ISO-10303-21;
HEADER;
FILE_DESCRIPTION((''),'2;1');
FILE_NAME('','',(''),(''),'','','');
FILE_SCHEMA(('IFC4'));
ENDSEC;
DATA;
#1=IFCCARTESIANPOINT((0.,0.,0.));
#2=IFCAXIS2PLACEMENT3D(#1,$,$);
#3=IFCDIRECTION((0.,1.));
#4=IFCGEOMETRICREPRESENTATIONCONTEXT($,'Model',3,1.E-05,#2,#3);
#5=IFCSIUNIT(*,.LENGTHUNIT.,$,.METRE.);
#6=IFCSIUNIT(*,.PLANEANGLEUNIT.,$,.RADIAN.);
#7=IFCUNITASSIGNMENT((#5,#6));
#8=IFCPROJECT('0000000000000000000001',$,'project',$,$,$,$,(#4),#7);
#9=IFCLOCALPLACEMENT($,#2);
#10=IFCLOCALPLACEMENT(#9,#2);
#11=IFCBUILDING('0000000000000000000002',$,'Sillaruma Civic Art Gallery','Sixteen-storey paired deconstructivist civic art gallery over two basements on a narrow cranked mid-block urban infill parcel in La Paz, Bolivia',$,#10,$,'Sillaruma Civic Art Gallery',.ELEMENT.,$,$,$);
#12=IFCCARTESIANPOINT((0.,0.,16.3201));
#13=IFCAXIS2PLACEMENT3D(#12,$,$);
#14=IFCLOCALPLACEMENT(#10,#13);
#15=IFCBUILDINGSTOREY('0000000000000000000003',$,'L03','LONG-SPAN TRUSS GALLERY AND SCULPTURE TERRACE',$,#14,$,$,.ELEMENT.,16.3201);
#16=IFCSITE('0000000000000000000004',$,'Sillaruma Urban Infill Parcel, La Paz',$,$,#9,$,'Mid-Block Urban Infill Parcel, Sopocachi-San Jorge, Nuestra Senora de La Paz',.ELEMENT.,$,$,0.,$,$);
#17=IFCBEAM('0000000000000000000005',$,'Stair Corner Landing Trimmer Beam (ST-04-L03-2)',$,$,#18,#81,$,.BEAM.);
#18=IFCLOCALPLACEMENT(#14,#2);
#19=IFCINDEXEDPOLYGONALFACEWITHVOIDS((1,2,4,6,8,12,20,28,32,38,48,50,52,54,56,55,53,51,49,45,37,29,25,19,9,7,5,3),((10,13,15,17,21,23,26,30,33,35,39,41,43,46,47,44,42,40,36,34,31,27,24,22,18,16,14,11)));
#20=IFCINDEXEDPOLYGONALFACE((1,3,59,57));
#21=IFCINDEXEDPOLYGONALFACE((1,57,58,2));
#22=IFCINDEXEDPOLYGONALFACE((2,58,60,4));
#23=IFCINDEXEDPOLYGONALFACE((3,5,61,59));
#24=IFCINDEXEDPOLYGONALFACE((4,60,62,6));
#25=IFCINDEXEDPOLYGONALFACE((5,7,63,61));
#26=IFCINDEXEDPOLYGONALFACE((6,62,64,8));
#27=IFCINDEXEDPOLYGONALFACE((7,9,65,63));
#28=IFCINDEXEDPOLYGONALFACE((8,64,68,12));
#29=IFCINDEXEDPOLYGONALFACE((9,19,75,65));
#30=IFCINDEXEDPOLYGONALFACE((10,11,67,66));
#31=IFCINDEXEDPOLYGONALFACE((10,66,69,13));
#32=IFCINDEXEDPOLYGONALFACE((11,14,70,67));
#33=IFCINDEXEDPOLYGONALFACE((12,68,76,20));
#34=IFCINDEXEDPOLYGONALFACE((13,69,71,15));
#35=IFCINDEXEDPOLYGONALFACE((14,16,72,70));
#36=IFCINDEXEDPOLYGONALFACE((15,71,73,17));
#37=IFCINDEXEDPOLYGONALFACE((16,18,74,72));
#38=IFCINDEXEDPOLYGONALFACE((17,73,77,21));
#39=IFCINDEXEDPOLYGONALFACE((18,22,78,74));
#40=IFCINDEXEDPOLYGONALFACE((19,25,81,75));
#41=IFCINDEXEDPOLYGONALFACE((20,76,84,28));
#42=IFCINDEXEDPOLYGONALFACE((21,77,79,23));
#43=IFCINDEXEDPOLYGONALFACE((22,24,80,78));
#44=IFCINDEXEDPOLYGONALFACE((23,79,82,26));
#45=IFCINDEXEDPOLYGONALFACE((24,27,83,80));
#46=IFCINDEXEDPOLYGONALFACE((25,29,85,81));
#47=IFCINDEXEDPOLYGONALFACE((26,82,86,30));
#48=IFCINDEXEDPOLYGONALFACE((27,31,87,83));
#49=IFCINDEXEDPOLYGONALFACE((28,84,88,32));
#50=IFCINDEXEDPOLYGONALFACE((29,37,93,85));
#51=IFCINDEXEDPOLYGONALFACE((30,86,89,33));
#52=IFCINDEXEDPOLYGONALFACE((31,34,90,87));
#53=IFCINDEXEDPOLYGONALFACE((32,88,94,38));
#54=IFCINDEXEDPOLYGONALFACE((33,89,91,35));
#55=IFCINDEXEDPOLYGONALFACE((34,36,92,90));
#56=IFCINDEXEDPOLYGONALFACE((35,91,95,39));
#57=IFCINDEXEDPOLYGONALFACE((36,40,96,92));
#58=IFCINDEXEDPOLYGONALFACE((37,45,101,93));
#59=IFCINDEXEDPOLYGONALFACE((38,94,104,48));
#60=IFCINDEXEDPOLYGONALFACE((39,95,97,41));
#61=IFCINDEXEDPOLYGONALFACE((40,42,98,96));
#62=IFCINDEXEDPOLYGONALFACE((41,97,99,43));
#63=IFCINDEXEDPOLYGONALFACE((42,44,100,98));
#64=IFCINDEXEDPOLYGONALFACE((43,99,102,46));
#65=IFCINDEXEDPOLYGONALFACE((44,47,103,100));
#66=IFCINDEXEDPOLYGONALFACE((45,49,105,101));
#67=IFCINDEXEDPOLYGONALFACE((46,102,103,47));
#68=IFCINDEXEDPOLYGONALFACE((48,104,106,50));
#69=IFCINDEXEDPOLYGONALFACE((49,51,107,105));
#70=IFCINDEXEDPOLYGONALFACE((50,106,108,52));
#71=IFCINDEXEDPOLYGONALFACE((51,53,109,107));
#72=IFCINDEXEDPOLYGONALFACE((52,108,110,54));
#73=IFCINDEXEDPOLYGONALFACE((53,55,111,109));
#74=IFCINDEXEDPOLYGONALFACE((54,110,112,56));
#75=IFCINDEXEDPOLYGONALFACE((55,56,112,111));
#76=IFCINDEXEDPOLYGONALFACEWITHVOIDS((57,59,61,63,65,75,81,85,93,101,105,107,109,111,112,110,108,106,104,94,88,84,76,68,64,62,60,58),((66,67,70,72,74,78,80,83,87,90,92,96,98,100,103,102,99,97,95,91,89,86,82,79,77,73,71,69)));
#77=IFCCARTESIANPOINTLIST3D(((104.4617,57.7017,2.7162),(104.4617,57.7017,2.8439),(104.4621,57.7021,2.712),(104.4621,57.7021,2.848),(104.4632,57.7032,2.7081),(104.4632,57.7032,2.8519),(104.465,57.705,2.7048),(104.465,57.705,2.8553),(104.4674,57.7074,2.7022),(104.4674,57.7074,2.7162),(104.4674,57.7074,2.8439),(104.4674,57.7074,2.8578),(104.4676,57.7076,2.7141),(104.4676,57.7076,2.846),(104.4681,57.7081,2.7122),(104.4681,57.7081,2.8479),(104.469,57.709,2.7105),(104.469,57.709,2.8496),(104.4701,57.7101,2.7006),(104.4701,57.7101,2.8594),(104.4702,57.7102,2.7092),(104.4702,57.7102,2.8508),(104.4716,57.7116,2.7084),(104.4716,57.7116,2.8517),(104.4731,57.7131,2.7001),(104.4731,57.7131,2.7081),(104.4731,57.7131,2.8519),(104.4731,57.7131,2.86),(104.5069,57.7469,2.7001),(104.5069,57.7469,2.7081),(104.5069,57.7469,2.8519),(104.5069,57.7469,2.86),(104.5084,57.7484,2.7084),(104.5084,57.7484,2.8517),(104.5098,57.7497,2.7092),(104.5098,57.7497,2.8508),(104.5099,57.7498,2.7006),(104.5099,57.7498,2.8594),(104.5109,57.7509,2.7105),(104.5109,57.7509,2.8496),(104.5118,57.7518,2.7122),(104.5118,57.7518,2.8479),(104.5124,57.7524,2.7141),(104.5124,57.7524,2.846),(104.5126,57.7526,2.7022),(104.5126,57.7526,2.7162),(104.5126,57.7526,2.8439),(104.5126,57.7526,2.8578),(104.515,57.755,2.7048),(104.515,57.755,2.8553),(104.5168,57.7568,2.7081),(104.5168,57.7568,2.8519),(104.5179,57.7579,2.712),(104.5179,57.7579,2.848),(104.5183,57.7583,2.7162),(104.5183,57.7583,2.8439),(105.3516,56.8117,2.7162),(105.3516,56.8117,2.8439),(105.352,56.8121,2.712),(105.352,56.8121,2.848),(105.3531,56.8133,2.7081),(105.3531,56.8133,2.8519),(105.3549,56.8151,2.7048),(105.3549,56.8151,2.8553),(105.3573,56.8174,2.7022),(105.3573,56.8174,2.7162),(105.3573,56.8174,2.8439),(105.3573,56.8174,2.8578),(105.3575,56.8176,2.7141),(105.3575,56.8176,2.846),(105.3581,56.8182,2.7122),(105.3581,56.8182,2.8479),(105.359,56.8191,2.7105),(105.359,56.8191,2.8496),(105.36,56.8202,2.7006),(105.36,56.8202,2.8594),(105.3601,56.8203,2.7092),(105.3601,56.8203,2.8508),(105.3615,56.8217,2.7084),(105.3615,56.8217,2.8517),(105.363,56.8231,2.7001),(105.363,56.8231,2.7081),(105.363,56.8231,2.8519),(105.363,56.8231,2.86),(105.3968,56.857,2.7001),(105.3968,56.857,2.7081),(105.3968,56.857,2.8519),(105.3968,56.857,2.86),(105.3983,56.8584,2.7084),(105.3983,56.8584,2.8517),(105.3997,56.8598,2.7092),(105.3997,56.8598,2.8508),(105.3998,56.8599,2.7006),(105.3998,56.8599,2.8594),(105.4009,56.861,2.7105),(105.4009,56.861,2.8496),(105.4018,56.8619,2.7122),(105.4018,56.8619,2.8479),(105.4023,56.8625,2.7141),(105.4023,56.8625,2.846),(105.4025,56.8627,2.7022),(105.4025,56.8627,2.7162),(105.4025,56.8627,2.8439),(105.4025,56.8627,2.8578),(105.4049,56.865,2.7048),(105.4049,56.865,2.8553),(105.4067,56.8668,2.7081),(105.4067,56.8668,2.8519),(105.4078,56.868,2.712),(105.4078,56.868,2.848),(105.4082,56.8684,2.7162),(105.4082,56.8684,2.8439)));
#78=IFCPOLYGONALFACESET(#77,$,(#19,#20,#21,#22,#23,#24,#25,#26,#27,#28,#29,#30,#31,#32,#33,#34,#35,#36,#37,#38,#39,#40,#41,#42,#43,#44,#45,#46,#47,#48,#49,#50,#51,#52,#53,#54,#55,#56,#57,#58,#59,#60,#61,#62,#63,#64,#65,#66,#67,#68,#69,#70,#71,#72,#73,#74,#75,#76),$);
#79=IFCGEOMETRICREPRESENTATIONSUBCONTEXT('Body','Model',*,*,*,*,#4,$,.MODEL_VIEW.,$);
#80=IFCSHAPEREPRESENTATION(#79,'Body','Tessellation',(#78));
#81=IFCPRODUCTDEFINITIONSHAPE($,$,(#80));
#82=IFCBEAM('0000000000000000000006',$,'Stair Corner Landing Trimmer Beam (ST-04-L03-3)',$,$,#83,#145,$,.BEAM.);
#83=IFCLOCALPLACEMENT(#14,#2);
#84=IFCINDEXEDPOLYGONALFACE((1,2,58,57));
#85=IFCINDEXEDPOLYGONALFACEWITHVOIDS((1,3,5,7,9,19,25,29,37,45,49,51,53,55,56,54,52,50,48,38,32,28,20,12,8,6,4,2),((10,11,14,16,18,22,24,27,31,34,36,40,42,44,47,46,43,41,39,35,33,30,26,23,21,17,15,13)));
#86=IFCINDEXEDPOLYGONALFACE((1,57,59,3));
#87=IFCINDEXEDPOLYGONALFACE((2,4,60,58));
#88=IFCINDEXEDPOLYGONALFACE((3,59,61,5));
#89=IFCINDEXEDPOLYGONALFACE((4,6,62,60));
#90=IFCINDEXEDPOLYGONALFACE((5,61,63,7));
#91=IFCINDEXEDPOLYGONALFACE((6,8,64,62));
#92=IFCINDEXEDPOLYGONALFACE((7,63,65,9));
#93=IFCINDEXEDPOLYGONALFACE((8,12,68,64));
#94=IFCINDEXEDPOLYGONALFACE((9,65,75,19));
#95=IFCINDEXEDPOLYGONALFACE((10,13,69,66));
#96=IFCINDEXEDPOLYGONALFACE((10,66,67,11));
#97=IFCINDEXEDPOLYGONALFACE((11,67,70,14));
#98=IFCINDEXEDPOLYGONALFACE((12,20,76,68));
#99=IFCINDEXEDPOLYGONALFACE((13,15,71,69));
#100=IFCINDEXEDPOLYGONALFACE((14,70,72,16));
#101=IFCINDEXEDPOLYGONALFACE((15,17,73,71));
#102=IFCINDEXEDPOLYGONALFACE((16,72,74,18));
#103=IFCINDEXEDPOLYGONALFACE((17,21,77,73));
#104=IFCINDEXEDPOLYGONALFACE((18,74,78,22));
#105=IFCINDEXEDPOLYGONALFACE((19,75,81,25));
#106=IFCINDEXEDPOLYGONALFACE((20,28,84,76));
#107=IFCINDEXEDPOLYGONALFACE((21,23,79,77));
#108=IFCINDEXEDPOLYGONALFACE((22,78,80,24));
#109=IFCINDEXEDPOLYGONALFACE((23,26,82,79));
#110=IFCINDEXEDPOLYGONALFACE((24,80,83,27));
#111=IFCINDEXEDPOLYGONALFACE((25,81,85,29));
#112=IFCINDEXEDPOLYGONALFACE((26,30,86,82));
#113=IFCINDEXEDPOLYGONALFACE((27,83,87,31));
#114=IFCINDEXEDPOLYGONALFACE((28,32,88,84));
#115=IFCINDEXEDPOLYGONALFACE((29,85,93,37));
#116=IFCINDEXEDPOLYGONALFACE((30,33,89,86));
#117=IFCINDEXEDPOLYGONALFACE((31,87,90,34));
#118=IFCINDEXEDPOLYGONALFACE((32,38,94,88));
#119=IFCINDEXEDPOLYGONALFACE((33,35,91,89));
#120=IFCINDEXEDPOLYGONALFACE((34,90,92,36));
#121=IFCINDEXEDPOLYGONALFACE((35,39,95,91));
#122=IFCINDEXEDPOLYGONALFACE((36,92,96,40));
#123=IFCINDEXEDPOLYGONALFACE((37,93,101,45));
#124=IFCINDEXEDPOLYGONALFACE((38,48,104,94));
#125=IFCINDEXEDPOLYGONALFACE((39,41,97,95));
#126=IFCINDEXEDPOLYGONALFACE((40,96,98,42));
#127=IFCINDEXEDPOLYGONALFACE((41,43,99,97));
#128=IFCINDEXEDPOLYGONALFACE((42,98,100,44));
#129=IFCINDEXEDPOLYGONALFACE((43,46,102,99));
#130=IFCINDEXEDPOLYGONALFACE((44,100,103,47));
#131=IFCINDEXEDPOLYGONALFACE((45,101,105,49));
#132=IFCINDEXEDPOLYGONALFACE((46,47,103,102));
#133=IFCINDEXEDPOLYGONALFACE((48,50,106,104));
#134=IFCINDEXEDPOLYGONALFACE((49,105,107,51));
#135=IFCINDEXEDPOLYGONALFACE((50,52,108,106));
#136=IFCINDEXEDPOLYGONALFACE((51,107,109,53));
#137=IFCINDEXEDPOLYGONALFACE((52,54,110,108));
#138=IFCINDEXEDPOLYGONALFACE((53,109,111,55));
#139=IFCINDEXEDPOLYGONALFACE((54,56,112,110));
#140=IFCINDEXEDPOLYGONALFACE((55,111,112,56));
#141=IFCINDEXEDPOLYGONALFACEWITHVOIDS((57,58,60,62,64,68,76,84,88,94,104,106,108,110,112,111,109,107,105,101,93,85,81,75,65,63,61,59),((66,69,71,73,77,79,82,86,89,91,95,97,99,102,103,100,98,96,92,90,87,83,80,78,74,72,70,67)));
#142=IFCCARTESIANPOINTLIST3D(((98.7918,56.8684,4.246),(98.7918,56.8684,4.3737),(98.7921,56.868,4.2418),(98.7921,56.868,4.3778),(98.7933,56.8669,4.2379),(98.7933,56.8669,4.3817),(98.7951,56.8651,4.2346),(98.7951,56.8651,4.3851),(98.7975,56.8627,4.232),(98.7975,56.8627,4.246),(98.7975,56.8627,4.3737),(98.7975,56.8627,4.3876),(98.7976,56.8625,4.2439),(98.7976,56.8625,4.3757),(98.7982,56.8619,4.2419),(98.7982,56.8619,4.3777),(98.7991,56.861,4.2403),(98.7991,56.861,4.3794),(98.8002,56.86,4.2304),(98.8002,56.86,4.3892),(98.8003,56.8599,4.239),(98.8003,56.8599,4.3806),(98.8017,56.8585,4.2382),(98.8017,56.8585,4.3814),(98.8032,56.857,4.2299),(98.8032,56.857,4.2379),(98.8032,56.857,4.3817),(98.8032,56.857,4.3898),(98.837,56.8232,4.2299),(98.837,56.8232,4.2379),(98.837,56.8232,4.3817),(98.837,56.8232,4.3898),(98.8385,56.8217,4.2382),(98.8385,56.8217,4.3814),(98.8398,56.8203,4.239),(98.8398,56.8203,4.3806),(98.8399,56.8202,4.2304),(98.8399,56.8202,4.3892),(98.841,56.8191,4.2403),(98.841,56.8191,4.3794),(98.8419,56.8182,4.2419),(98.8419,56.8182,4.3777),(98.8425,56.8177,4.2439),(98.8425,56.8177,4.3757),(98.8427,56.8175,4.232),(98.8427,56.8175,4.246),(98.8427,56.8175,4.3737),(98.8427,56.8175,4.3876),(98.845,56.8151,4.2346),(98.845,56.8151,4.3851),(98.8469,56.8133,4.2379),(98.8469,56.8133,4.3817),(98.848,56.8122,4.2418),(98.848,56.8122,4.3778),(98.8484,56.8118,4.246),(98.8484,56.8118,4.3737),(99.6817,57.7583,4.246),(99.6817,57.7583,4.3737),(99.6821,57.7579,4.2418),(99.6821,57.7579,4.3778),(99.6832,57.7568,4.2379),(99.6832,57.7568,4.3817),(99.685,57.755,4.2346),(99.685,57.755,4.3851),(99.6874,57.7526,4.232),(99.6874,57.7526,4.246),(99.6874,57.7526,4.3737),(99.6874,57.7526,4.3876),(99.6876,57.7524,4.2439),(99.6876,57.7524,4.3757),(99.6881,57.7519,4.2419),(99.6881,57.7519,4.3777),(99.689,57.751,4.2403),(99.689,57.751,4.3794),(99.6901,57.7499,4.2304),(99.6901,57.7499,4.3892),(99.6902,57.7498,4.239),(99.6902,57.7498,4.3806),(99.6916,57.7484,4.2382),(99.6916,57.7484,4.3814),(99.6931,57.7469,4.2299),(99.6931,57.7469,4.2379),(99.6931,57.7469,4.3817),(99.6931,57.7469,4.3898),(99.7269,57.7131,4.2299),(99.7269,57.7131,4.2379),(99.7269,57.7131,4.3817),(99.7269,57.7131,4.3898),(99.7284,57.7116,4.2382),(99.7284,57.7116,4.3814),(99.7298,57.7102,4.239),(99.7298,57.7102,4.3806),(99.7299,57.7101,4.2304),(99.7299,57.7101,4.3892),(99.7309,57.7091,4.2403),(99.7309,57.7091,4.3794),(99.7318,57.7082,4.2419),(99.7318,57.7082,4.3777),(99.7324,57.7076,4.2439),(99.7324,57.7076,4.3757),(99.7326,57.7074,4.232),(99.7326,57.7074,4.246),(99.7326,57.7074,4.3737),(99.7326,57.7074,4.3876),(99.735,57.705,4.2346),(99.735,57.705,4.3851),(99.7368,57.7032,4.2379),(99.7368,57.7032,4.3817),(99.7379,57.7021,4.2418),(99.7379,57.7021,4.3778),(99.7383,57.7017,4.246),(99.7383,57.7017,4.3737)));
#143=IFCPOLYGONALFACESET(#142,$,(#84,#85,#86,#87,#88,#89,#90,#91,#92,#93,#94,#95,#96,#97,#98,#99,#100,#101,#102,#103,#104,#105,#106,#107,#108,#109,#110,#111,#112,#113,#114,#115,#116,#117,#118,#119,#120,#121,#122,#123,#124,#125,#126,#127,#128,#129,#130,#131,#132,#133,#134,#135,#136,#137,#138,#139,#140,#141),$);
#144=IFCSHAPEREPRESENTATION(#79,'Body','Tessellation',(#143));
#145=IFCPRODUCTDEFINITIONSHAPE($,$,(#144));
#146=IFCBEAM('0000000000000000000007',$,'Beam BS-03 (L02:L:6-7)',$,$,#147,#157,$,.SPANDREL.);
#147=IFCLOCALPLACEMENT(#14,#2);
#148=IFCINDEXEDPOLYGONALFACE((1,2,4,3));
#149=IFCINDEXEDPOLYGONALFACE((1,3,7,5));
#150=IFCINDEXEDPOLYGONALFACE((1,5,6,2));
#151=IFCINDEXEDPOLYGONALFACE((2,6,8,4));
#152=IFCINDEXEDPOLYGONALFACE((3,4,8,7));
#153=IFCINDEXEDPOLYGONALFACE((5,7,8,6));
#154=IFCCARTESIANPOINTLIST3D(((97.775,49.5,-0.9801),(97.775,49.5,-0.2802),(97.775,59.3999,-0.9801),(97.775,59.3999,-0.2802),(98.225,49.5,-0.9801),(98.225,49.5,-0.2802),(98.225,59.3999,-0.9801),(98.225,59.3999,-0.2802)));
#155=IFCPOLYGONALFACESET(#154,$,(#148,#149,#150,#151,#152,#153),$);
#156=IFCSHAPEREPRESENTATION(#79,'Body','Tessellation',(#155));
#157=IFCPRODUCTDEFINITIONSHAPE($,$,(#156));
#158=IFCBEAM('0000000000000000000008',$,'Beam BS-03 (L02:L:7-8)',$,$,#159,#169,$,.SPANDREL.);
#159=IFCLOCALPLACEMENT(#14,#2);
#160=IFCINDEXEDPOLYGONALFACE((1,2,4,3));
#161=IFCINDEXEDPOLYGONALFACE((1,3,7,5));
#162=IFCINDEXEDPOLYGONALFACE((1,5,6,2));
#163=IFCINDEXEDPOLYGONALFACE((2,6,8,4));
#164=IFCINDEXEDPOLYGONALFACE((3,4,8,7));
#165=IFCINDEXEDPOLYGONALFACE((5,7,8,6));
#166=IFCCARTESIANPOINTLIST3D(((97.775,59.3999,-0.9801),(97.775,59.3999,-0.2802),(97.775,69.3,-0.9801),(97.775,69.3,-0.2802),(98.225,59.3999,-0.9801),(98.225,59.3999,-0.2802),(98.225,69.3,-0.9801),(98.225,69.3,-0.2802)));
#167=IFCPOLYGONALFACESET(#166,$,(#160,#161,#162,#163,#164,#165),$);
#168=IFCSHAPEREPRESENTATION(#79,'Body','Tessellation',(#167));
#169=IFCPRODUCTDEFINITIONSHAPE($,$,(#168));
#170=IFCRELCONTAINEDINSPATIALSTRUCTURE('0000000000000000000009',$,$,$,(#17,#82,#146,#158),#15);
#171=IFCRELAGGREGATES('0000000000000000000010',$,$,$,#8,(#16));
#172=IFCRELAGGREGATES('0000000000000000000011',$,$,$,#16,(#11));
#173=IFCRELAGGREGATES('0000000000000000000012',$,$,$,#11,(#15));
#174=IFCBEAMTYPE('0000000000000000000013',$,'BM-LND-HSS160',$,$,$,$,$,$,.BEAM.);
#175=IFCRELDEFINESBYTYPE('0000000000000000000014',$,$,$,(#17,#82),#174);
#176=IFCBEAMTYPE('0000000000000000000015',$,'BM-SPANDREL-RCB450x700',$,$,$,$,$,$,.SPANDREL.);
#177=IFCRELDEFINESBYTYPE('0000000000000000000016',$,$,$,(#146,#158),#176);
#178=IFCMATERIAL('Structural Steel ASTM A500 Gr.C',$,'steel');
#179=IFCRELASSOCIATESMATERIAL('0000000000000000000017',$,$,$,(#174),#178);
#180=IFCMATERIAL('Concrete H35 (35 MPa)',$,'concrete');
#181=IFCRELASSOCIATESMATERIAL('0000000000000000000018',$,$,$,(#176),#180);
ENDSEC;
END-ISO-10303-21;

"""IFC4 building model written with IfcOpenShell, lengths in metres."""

from ifc_helpers import new_model, si_unit, direction, frame, origin, origin_2d, place, context, subcontext, project, spatial, rectangle, hollow_rectangle, extrude, material, material_profile, profile_set, type_object, element, save


model = new_model("IFC4")

# Units and contexts
model_context = context("Model", 3, precision=1e-05, world=origin(), true_north=direction((0.0, 1.0)))
body_context = subcontext(model_context, "Body", "Model", "MODEL_VIEW")
ifc_project = project(units=[si_unit("LENGTHUNIT", "METRE"), si_unit("PLANEANGLEUNIT", "RADIAN")], contexts=[model_context])

# Site, building, storey
site_placement = place(None, origin())
site = spatial("IfcSite", under=ifc_project, at=site_placement, Name="Sillaruma Urban Infill Parcel, La Paz", LongName="Mid-Block Urban Infill Parcel, Sopocachi-San Jorge, Nuestra Senora de La Paz", CompositionType="ELEMENT", RefElevation=0.0)
building_placement = place(site_placement, origin())
building = spatial("IfcBuilding", under=site, at=building_placement, Name="Sillaruma Civic Art Gallery", Description="Sixteen-storey paired deconstructivist civic art gallery over two basements on a narrow cranked mid-block urban infill parcel in La Paz, Bolivia", LongName="Sillaruma Civic Art Gallery", CompositionType="ELEMENT")
storey_placement = place(building_placement, frame((0.0, 0.0, 16.3201)))
storey = spatial("IfcBuildingStorey", under=building, at=storey_placement, Name="L03", Description="LONG-SPAN TRUSS GALLERY AND SCULPTURE TERRACE", CompositionType="ELEMENT", Elevation=16.3201)

# Beams
ifc_material_1 = material(Name="Structural Steel ASTM A500 Gr.C", Category="steel")
ifc_material_profile_1 = material_profile(ifc_material_1, hollow_rectangle(XDim=0.0801, YDim=0.1599, WallThickness=0.0081, InnerFilletRadius=0.0081, OuterFilletRadius=0.0161, at=origin_2d()), Name="HSS160x80x8")
ifc_profile_set_1 = profile_set([ifc_material_profile_1], Name="Structural Steel ASTM A500 Gr.C")
beam_type_1 = type_object("IfcBeamType", Name="BM-LND-HSS160", PredefinedType="BEAM", material=ifc_profile_set_1)
for number, where, z_axis, x_axis, name in (
    (1, (104.49, 57.73, 2.78), (0.707107, -0.707107, 0.0), (0.707107, 0.707107, 0.0), "Stair Corner Landing Trimmer Beam (ST-04-L03-2)"),
    (2, (98.8201, 56.8401, 4.3098), (0.707107, 0.707107, 0.0), (-0.707107, 0.707107, 0.0), "Stair Corner Landing Trimmer Beam (ST-04-L03-3)"),
):
    element("IfcBeam", number, at=place(storey_placement, frame(where, z_axis=z_axis, x_axis=x_axis)), inside=storey, type_object=beam_type_1, Name=name, PredefinedType="BEAM", context=body_context, shape_type="SweptSolid", body=[
        extrude(hollow_rectangle(XDim=0.0801, YDim=0.1599, WallThickness=0.0081, InnerFilletRadius=0.0081, OuterFilletRadius=0.0161, at=origin_2d()), origin(), (0.0, 0.0, 1.0), 1.2585),
    ])
ifc_material_2 = material(Name="Concrete H35 (35 MPa)", Category="concrete")
ifc_material_profile_2 = material_profile(ifc_material_2, rectangle(XDim=0.45, YDim=0.7, at=origin_2d()), Name="RCB450x700")
ifc_profile_set_2 = profile_set([ifc_material_profile_2], Name="Concrete H35 (35 MPa)")
beam_type_2 = type_object("IfcBeamType", Name="BM-SPANDREL-RCB450x700", PredefinedType="SPANDREL", material=ifc_profile_set_2)
beam_1_placement = place(storey_placement, frame((98.0, 49.5, -0.6301), z_axis=(0.0, 1.0, 0.0), x_axis=(-1.0, 0.0, 0.0)))
element("IfcBeam", 3, at=beam_1_placement, inside=storey, type_object=beam_type_2, Name="Beam BS-03 (L02:L:6-7)", PredefinedType="SPANDREL", context=body_context, shape_type="SweptSolid", body=[
    extrude(rectangle(XDim=0.45, YDim=0.7, at=origin_2d()), origin(), (0.0, 0.0, 1.0), 9.8999),
])
beam_2_placement = place(storey_placement, frame((98.0, 59.3999, -0.6301), z_axis=(0.0, 1.0, 0.0), x_axis=(-1.0, 0.0, 0.0)))
element("IfcBeam", 4, at=beam_2_placement, inside=storey, type_object=beam_type_2, Name="Beam BS-03 (L02:L:7-8)", PredefinedType="SPANDREL", context=body_context, shape_type="SweptSolid", body=[
    extrude(rectangle(XDim=0.45, YDim=0.7, at=origin_2d()), origin(), (0.0, 0.0, 1.0), 9.9001),
])

save(model, "model.ifc")
